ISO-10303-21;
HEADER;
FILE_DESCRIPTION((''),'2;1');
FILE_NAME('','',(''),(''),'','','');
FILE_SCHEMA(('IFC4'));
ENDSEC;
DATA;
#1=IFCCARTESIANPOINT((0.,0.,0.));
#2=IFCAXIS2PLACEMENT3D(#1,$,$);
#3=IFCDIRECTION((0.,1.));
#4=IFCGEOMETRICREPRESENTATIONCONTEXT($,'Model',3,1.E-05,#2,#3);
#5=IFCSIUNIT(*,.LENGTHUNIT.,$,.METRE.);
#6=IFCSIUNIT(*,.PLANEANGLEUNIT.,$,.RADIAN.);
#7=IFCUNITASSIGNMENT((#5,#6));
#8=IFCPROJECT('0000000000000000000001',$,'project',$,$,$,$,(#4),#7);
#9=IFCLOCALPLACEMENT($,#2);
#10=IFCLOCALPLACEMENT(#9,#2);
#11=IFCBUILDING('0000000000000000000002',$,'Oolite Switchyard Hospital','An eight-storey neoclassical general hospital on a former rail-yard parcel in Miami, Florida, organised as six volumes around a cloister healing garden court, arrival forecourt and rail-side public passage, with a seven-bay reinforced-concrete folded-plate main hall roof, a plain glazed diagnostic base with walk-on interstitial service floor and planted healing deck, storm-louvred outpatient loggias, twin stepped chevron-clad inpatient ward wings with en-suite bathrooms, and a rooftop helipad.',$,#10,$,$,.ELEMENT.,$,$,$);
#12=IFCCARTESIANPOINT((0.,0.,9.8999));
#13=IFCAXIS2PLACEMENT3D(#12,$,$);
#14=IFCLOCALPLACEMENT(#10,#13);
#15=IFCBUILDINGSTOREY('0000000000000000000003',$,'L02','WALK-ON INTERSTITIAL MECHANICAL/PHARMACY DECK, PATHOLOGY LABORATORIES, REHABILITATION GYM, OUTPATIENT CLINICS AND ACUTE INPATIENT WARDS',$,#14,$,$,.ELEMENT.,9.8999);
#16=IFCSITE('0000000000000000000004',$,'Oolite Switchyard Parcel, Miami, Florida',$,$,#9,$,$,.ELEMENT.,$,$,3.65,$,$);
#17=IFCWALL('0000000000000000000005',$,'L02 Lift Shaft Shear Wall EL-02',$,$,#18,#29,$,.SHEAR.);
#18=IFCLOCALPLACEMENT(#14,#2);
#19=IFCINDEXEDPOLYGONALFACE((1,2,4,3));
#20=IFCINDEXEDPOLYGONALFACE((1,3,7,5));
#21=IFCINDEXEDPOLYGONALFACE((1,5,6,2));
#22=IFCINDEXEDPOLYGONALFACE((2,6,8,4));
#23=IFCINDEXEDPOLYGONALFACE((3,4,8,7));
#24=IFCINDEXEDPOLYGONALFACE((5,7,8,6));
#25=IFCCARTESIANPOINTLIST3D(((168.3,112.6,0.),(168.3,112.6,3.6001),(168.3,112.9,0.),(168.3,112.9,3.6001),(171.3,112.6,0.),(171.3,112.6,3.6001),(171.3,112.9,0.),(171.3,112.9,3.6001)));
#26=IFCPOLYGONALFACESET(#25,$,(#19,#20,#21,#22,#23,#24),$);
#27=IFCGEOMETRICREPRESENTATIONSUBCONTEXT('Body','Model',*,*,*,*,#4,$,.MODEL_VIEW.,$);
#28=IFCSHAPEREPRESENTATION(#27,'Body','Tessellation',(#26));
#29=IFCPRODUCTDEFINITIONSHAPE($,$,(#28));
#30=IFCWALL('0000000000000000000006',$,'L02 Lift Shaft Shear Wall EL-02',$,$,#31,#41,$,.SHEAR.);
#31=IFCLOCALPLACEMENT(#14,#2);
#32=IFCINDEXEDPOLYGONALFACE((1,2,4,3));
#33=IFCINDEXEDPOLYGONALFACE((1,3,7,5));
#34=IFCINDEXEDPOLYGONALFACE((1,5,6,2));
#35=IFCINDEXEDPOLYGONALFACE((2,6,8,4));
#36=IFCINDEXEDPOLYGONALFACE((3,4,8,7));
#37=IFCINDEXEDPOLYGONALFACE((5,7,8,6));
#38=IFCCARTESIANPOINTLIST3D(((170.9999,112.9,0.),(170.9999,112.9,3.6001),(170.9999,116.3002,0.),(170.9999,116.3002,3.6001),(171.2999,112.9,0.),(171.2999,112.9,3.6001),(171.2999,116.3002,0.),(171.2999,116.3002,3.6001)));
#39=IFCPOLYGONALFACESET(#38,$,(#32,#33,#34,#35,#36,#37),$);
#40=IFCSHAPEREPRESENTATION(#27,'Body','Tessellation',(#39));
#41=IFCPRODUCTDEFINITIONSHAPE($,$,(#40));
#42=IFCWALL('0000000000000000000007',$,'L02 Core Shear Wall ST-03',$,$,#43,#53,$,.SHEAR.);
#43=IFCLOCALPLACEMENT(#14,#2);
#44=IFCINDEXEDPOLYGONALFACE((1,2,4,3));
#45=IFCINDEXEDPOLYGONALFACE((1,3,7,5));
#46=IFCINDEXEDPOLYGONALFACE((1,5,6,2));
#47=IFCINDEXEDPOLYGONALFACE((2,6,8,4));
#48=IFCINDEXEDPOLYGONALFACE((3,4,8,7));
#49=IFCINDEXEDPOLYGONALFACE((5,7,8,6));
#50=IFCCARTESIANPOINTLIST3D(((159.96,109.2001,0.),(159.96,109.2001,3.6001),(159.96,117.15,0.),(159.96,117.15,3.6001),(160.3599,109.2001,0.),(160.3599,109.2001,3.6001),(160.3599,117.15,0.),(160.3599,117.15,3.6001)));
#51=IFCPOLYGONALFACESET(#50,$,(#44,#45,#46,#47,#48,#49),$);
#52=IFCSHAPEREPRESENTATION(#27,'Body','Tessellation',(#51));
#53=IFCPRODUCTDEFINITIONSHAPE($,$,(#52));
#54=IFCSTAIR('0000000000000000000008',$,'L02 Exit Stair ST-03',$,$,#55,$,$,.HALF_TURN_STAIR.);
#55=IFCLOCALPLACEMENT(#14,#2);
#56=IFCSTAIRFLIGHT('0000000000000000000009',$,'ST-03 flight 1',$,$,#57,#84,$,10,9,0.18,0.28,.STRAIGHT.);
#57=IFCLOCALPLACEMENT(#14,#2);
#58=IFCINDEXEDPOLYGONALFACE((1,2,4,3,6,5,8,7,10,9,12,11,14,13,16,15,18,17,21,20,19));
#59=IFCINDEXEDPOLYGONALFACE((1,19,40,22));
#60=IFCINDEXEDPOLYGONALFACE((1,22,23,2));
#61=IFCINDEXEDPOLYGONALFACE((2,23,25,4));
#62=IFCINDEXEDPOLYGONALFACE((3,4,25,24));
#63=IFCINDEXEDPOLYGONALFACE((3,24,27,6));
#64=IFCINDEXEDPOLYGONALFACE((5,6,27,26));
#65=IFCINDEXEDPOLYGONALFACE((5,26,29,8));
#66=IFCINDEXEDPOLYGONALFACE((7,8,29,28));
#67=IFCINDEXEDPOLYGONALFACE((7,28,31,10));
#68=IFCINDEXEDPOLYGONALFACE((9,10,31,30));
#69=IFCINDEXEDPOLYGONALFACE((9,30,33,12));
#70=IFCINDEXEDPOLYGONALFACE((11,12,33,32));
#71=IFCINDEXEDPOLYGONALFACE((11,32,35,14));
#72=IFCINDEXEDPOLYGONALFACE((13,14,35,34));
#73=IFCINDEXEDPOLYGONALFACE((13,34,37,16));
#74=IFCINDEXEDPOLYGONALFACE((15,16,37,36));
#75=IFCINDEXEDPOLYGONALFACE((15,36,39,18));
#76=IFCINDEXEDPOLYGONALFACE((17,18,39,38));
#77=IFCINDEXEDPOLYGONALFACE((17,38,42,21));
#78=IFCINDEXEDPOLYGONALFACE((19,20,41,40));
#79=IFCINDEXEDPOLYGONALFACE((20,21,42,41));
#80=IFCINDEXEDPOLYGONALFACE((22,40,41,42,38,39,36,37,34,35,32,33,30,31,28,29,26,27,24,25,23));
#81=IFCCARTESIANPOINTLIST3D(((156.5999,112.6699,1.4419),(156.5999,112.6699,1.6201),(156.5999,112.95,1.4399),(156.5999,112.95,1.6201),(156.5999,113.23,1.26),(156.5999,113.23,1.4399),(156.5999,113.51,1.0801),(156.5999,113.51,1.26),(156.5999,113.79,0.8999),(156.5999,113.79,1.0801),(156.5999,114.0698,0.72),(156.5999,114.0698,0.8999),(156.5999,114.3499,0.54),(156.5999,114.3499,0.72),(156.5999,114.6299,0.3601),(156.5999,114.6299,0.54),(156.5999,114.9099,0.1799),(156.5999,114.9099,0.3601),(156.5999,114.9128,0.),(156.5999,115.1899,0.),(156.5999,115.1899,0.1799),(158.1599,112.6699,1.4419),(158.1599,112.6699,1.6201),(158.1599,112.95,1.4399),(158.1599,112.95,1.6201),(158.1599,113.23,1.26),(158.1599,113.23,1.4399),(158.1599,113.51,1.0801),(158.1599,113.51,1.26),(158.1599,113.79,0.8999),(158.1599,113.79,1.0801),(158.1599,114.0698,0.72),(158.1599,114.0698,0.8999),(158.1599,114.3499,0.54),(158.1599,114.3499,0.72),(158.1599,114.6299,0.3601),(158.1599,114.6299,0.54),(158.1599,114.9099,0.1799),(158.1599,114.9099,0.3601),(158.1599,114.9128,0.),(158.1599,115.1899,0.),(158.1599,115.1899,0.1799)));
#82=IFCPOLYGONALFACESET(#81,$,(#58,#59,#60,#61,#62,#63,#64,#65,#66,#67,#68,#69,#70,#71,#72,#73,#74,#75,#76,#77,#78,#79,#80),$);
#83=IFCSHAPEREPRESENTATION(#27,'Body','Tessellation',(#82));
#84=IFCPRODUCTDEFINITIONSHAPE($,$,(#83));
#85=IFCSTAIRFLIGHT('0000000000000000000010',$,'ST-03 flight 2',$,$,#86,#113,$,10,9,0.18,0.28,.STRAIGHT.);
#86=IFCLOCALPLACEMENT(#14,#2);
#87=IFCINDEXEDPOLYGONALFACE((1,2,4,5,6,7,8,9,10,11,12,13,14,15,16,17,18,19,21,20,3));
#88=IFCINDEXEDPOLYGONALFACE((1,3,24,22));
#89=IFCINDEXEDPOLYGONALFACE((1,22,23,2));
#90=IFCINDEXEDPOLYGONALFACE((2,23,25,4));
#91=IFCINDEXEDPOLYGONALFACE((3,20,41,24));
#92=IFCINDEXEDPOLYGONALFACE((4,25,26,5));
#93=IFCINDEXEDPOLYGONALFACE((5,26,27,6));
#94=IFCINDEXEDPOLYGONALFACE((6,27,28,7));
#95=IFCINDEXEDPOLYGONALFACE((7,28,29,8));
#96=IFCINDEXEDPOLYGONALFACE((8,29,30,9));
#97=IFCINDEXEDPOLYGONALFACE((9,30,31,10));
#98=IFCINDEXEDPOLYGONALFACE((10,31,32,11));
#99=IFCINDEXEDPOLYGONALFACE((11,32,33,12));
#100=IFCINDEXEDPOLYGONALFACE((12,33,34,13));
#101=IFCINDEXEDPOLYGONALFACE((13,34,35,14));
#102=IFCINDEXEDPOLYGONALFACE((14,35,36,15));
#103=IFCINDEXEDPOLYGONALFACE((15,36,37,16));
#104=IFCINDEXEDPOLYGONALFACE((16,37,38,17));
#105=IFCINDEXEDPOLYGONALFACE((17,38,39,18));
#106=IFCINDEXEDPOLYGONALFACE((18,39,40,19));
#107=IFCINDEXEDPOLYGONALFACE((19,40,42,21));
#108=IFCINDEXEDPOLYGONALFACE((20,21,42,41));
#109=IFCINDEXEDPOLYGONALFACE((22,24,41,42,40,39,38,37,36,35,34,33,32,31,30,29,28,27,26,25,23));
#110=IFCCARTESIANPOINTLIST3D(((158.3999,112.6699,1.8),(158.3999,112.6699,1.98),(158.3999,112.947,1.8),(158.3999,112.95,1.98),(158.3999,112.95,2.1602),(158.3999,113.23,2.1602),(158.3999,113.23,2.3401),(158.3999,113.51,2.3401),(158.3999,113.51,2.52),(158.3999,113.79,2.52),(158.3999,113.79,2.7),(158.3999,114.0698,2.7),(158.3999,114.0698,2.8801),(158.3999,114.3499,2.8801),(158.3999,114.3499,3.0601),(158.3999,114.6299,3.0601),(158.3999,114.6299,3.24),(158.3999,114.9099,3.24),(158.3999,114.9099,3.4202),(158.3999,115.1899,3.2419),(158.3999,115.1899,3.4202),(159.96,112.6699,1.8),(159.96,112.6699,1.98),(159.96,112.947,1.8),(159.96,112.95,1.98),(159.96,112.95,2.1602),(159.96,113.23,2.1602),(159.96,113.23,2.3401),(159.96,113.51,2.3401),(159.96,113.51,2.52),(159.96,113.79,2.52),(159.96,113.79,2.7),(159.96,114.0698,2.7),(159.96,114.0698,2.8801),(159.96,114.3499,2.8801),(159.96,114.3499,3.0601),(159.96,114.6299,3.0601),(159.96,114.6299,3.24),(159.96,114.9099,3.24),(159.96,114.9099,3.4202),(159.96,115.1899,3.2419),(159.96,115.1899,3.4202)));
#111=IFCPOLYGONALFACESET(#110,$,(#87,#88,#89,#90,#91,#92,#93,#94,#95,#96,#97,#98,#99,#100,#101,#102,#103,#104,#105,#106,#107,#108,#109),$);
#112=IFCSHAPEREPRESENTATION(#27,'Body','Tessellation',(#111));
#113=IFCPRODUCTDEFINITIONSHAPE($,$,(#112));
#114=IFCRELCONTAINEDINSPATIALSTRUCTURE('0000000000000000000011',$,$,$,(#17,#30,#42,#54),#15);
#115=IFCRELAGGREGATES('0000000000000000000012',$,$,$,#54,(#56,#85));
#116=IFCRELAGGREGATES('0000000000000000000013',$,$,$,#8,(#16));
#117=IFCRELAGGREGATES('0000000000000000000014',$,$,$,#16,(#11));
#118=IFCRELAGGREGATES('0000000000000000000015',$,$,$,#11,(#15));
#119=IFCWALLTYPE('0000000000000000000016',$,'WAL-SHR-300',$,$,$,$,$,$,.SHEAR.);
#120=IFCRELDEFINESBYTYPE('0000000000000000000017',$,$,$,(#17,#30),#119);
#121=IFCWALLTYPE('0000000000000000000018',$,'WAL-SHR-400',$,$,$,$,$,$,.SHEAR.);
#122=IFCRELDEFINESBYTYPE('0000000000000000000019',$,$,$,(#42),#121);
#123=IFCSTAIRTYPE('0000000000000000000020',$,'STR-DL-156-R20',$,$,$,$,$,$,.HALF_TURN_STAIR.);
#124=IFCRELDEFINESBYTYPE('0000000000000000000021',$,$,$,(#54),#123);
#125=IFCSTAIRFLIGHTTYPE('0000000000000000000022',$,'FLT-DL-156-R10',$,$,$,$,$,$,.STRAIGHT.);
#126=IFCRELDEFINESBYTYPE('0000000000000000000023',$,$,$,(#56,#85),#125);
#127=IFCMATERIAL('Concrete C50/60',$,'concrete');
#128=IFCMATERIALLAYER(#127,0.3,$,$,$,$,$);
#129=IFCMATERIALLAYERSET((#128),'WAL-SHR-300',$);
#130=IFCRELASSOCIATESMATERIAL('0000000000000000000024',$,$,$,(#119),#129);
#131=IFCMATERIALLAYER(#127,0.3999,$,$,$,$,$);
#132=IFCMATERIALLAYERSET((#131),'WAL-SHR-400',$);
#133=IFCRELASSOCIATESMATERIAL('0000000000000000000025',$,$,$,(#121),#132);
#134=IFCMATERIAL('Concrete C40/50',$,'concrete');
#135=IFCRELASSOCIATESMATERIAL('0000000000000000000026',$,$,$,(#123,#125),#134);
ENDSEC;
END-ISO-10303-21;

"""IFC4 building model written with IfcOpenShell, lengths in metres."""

from ifc_helpers import new_model, si_unit, direction, frame, frame_2d, origin, place, context, subcontext, project, spatial, polyline, rectangle, outline, extrude, material, layer, layer_set, type_object, element, aggregate, save


model = new_model("IFC4")

# Units and contexts
model_context = context("Model", 3, precision=1e-05, world=origin(), true_north=direction((0.0, 1.0)))
body_context = subcontext(model_context, "Body", "Model", "MODEL_VIEW")
ifc_project = project(units=[si_unit("LENGTHUNIT", "METRE"), si_unit("PLANEANGLEUNIT", "RADIAN")], contexts=[model_context])

# Site, building, storey
site_placement = place(None, origin())
site = spatial("IfcSite", under=ifc_project, at=site_placement, Name="Oolite Switchyard Parcel, Miami, Florida", CompositionType="ELEMENT", RefElevation=3.65)
building_placement = place(site_placement, origin())
building = spatial("IfcBuilding", under=site, at=building_placement, Name="Oolite Switchyard Hospital", Description="An eight-storey neoclassical general hospital on a former rail-yard parcel in Miami, Florida, organised as six volumes around a cloister healing garden court, arrival forecourt and rail-side public passage, with a seven-bay reinforced-concrete folded-plate main hall roof, a plain glazed diagnostic base with walk-on interstitial service floor and planted healing deck, storm-louvred outpatient loggias, twin stepped chevron-clad inpatient ward wings with en-suite bathrooms, and a rooftop helipad.", CompositionType="ELEMENT")
storey_placement = place(building_placement, frame((0.0, 0.0, 9.8999)))
storey = spatial("IfcBuildingStorey", under=building, at=storey_placement, Name="L02", Description="WALK-ON INTERSTITIAL MECHANICAL/PHARMACY DECK, PATHOLOGY LABORATORIES, REHABILITATION GYM, OUTPATIENT CLINICS AND ACUTE INPATIENT WARDS", CompositionType="ELEMENT", Elevation=9.8999)

# Shared definitions
ifc_material_1 = material(Name="Concrete C50/60", Category="concrete")

# Shared definitions
ifc_material_2 = material(Name="Concrete C40/50", Category="concrete")

# Walls
ifc_layer_1 = layer(ifc_material_1, 0.3)
ifc_layer_set_1 = layer_set([ifc_layer_1], Name="WAL-SHR-300")
wall_type_1 = type_object("IfcWallType", Name="WAL-SHR-300", PredefinedType="SHEAR", material=ifc_layer_set_1)
wall_1_placement = place(storey_placement, frame((168.3, 112.75, 0.0), z_axis=(0.0, 0.0, 1.0), x_axis=(1.0, 0.0, 0.0)))
element("IfcWall", 1, at=wall_1_placement, inside=storey, type_object=wall_type_1, Name="L02 Lift Shaft Shear Wall EL-02", PredefinedType="SHEAR", context=body_context, shape_type="SweptSolid", body=[
    extrude(rectangle(XDim=3.0, YDim=0.3, at=frame_2d((1.5, 0.0))), origin(), (0.0, 0.0, 1.0), 3.6001),
])
wall_2_placement = place(storey_placement, frame((171.1499, 112.8999, 0.0), z_axis=(0.0, 0.0, 1.0), x_axis=(0.0, 1.0, 0.0)))
element("IfcWall", 2, at=wall_2_placement, inside=storey, type_object=wall_type_1, Name="L02 Lift Shaft Shear Wall EL-02", PredefinedType="SHEAR", context=body_context, shape_type="SweptSolid", body=[
    extrude(rectangle(XDim=3.4001, YDim=0.3, at=frame_2d((1.7002, 0.0))), origin(), (0.0, 0.0, 1.0), 3.6001),
])
ifc_layer_2 = layer(ifc_material_1, 0.3999)
ifc_layer_set_2 = layer_set([ifc_layer_2], Name="WAL-SHR-400")
wall_type_2 = type_object("IfcWallType", Name="WAL-SHR-400", PredefinedType="SHEAR", material=ifc_layer_set_2)
wall_3_placement = place(storey_placement, frame((160.1599, 109.2, 0.0), z_axis=(0.0, 0.0, 1.0), x_axis=(0.0, 1.0, 0.0)))
element("IfcWall", 3, at=wall_3_placement, inside=storey, type_object=wall_type_2, Name="L02 Core Shear Wall ST-03", PredefinedType="SHEAR", context=body_context, shape_type="SweptSolid", body=[
    extrude(rectangle(XDim=7.95, YDim=0.3999, at=frame_2d((3.9751, 0.0))), origin(), (0.0, 0.0, 1.0), 3.6001),
])

# Stair, stair flights
stair_type = type_object("IfcStairType", Name="STR-DL-156-R20", PredefinedType="HALF_TURN_STAIR", material=ifc_material_2)
stair_placement = place(storey_placement, origin())
stair = element("IfcStair", 4, at=stair_placement, inside=storey, type_object=stair_type, Name="L02 Exit Stair ST-03", PredefinedType="HALF_TURN_STAIR")
stair_flight_type = type_object("IfcStairFlightType", Name="FLT-DL-156-R10", PredefinedType="STRAIGHT", material=ifc_material_2)
stair_flight_1_placement = place(storey_placement, frame((157.3799, 115.1899, 0.0), z_axis=(0.0, 0.0, 1.0), x_axis=(0.0, -1.0, 0.0)))
stair_flight_1 = element("IfcStairFlight", 5, at=stair_flight_1_placement, type_object=stair_flight_type, Name="ST-03 flight 1", NumberOfRisers=10, NumberOfTreads=9, PredefinedType="STRAIGHT", RiserHeight=0.18, TreadLength=0.28, context=body_context, shape_type="SweptSolid", body=[
    extrude(outline(polyline([(0.0, 0.0), (0.0, 0.1799), (0.28, 0.1799), (0.28, 0.3601), (0.5601, 0.3601), (0.5601, 0.54), (0.8401, 0.54), (0.8401, 0.72), (1.1201, 0.72), (1.1201, 0.8999), (1.3999, 0.8999), (1.3999, 1.0801), (1.6799, 1.0801), (1.6799, 1.26), (1.96, 1.26), (1.96, 1.4399), (2.24, 1.4399), (2.24, 1.6201), (2.52, 1.6201), (2.52, 1.8), (2.52, 1.4419), (0.2771, 0.0), (0.0, 0.0)])), frame((0.0, 0.78, 0.0), z_axis=(0.0, -1.0, 0.0), x_axis=(1.0, 0.0, 0.0)), (0.0, 0.0, 1.0), 1.5601),
])
stair_flight_2_placement = place(storey_placement, frame((159.1799, 112.6699, 1.8), z_axis=(0.0, 0.0, 1.0), x_axis=(0.0, 1.0, 0.0)))
stair_flight_2 = element("IfcStairFlight", 6, at=stair_flight_2_placement, type_object=stair_flight_type, Name="ST-03 flight 2", NumberOfRisers=10, NumberOfTreads=9, PredefinedType="STRAIGHT", RiserHeight=0.18, TreadLength=0.28, context=body_context, shape_type="SweptSolid", body=[
    extrude(outline(polyline([(0.0, 0.0), (0.0, 0.1799), (0.28, 0.1799), (0.28, 0.3601), (0.5601, 0.3601), (0.5601, 0.54), (0.8401, 0.54), (0.8401, 0.72), (1.1201, 0.72), (1.1201, 0.8999), (1.3999, 0.8999), (1.3999, 1.0801), (1.6799, 1.0801), (1.6799, 1.26), (1.96, 1.26), (1.96, 1.4399), (2.24, 1.4399), (2.24, 1.6201), (2.52, 1.6201), (2.52, 1.8), (2.52, 1.4419), (0.2771, 0.0), (0.0, 0.0)])), frame((0.0, 0.78, 0.0), z_axis=(0.0, -1.0, 0.0), x_axis=(1.0, 0.0, 0.0)), (0.0, 0.0, 1.0), 1.5601),
])
aggregate(stair, [stair_flight_1, stair_flight_2])

save(model, "model.ifc")
